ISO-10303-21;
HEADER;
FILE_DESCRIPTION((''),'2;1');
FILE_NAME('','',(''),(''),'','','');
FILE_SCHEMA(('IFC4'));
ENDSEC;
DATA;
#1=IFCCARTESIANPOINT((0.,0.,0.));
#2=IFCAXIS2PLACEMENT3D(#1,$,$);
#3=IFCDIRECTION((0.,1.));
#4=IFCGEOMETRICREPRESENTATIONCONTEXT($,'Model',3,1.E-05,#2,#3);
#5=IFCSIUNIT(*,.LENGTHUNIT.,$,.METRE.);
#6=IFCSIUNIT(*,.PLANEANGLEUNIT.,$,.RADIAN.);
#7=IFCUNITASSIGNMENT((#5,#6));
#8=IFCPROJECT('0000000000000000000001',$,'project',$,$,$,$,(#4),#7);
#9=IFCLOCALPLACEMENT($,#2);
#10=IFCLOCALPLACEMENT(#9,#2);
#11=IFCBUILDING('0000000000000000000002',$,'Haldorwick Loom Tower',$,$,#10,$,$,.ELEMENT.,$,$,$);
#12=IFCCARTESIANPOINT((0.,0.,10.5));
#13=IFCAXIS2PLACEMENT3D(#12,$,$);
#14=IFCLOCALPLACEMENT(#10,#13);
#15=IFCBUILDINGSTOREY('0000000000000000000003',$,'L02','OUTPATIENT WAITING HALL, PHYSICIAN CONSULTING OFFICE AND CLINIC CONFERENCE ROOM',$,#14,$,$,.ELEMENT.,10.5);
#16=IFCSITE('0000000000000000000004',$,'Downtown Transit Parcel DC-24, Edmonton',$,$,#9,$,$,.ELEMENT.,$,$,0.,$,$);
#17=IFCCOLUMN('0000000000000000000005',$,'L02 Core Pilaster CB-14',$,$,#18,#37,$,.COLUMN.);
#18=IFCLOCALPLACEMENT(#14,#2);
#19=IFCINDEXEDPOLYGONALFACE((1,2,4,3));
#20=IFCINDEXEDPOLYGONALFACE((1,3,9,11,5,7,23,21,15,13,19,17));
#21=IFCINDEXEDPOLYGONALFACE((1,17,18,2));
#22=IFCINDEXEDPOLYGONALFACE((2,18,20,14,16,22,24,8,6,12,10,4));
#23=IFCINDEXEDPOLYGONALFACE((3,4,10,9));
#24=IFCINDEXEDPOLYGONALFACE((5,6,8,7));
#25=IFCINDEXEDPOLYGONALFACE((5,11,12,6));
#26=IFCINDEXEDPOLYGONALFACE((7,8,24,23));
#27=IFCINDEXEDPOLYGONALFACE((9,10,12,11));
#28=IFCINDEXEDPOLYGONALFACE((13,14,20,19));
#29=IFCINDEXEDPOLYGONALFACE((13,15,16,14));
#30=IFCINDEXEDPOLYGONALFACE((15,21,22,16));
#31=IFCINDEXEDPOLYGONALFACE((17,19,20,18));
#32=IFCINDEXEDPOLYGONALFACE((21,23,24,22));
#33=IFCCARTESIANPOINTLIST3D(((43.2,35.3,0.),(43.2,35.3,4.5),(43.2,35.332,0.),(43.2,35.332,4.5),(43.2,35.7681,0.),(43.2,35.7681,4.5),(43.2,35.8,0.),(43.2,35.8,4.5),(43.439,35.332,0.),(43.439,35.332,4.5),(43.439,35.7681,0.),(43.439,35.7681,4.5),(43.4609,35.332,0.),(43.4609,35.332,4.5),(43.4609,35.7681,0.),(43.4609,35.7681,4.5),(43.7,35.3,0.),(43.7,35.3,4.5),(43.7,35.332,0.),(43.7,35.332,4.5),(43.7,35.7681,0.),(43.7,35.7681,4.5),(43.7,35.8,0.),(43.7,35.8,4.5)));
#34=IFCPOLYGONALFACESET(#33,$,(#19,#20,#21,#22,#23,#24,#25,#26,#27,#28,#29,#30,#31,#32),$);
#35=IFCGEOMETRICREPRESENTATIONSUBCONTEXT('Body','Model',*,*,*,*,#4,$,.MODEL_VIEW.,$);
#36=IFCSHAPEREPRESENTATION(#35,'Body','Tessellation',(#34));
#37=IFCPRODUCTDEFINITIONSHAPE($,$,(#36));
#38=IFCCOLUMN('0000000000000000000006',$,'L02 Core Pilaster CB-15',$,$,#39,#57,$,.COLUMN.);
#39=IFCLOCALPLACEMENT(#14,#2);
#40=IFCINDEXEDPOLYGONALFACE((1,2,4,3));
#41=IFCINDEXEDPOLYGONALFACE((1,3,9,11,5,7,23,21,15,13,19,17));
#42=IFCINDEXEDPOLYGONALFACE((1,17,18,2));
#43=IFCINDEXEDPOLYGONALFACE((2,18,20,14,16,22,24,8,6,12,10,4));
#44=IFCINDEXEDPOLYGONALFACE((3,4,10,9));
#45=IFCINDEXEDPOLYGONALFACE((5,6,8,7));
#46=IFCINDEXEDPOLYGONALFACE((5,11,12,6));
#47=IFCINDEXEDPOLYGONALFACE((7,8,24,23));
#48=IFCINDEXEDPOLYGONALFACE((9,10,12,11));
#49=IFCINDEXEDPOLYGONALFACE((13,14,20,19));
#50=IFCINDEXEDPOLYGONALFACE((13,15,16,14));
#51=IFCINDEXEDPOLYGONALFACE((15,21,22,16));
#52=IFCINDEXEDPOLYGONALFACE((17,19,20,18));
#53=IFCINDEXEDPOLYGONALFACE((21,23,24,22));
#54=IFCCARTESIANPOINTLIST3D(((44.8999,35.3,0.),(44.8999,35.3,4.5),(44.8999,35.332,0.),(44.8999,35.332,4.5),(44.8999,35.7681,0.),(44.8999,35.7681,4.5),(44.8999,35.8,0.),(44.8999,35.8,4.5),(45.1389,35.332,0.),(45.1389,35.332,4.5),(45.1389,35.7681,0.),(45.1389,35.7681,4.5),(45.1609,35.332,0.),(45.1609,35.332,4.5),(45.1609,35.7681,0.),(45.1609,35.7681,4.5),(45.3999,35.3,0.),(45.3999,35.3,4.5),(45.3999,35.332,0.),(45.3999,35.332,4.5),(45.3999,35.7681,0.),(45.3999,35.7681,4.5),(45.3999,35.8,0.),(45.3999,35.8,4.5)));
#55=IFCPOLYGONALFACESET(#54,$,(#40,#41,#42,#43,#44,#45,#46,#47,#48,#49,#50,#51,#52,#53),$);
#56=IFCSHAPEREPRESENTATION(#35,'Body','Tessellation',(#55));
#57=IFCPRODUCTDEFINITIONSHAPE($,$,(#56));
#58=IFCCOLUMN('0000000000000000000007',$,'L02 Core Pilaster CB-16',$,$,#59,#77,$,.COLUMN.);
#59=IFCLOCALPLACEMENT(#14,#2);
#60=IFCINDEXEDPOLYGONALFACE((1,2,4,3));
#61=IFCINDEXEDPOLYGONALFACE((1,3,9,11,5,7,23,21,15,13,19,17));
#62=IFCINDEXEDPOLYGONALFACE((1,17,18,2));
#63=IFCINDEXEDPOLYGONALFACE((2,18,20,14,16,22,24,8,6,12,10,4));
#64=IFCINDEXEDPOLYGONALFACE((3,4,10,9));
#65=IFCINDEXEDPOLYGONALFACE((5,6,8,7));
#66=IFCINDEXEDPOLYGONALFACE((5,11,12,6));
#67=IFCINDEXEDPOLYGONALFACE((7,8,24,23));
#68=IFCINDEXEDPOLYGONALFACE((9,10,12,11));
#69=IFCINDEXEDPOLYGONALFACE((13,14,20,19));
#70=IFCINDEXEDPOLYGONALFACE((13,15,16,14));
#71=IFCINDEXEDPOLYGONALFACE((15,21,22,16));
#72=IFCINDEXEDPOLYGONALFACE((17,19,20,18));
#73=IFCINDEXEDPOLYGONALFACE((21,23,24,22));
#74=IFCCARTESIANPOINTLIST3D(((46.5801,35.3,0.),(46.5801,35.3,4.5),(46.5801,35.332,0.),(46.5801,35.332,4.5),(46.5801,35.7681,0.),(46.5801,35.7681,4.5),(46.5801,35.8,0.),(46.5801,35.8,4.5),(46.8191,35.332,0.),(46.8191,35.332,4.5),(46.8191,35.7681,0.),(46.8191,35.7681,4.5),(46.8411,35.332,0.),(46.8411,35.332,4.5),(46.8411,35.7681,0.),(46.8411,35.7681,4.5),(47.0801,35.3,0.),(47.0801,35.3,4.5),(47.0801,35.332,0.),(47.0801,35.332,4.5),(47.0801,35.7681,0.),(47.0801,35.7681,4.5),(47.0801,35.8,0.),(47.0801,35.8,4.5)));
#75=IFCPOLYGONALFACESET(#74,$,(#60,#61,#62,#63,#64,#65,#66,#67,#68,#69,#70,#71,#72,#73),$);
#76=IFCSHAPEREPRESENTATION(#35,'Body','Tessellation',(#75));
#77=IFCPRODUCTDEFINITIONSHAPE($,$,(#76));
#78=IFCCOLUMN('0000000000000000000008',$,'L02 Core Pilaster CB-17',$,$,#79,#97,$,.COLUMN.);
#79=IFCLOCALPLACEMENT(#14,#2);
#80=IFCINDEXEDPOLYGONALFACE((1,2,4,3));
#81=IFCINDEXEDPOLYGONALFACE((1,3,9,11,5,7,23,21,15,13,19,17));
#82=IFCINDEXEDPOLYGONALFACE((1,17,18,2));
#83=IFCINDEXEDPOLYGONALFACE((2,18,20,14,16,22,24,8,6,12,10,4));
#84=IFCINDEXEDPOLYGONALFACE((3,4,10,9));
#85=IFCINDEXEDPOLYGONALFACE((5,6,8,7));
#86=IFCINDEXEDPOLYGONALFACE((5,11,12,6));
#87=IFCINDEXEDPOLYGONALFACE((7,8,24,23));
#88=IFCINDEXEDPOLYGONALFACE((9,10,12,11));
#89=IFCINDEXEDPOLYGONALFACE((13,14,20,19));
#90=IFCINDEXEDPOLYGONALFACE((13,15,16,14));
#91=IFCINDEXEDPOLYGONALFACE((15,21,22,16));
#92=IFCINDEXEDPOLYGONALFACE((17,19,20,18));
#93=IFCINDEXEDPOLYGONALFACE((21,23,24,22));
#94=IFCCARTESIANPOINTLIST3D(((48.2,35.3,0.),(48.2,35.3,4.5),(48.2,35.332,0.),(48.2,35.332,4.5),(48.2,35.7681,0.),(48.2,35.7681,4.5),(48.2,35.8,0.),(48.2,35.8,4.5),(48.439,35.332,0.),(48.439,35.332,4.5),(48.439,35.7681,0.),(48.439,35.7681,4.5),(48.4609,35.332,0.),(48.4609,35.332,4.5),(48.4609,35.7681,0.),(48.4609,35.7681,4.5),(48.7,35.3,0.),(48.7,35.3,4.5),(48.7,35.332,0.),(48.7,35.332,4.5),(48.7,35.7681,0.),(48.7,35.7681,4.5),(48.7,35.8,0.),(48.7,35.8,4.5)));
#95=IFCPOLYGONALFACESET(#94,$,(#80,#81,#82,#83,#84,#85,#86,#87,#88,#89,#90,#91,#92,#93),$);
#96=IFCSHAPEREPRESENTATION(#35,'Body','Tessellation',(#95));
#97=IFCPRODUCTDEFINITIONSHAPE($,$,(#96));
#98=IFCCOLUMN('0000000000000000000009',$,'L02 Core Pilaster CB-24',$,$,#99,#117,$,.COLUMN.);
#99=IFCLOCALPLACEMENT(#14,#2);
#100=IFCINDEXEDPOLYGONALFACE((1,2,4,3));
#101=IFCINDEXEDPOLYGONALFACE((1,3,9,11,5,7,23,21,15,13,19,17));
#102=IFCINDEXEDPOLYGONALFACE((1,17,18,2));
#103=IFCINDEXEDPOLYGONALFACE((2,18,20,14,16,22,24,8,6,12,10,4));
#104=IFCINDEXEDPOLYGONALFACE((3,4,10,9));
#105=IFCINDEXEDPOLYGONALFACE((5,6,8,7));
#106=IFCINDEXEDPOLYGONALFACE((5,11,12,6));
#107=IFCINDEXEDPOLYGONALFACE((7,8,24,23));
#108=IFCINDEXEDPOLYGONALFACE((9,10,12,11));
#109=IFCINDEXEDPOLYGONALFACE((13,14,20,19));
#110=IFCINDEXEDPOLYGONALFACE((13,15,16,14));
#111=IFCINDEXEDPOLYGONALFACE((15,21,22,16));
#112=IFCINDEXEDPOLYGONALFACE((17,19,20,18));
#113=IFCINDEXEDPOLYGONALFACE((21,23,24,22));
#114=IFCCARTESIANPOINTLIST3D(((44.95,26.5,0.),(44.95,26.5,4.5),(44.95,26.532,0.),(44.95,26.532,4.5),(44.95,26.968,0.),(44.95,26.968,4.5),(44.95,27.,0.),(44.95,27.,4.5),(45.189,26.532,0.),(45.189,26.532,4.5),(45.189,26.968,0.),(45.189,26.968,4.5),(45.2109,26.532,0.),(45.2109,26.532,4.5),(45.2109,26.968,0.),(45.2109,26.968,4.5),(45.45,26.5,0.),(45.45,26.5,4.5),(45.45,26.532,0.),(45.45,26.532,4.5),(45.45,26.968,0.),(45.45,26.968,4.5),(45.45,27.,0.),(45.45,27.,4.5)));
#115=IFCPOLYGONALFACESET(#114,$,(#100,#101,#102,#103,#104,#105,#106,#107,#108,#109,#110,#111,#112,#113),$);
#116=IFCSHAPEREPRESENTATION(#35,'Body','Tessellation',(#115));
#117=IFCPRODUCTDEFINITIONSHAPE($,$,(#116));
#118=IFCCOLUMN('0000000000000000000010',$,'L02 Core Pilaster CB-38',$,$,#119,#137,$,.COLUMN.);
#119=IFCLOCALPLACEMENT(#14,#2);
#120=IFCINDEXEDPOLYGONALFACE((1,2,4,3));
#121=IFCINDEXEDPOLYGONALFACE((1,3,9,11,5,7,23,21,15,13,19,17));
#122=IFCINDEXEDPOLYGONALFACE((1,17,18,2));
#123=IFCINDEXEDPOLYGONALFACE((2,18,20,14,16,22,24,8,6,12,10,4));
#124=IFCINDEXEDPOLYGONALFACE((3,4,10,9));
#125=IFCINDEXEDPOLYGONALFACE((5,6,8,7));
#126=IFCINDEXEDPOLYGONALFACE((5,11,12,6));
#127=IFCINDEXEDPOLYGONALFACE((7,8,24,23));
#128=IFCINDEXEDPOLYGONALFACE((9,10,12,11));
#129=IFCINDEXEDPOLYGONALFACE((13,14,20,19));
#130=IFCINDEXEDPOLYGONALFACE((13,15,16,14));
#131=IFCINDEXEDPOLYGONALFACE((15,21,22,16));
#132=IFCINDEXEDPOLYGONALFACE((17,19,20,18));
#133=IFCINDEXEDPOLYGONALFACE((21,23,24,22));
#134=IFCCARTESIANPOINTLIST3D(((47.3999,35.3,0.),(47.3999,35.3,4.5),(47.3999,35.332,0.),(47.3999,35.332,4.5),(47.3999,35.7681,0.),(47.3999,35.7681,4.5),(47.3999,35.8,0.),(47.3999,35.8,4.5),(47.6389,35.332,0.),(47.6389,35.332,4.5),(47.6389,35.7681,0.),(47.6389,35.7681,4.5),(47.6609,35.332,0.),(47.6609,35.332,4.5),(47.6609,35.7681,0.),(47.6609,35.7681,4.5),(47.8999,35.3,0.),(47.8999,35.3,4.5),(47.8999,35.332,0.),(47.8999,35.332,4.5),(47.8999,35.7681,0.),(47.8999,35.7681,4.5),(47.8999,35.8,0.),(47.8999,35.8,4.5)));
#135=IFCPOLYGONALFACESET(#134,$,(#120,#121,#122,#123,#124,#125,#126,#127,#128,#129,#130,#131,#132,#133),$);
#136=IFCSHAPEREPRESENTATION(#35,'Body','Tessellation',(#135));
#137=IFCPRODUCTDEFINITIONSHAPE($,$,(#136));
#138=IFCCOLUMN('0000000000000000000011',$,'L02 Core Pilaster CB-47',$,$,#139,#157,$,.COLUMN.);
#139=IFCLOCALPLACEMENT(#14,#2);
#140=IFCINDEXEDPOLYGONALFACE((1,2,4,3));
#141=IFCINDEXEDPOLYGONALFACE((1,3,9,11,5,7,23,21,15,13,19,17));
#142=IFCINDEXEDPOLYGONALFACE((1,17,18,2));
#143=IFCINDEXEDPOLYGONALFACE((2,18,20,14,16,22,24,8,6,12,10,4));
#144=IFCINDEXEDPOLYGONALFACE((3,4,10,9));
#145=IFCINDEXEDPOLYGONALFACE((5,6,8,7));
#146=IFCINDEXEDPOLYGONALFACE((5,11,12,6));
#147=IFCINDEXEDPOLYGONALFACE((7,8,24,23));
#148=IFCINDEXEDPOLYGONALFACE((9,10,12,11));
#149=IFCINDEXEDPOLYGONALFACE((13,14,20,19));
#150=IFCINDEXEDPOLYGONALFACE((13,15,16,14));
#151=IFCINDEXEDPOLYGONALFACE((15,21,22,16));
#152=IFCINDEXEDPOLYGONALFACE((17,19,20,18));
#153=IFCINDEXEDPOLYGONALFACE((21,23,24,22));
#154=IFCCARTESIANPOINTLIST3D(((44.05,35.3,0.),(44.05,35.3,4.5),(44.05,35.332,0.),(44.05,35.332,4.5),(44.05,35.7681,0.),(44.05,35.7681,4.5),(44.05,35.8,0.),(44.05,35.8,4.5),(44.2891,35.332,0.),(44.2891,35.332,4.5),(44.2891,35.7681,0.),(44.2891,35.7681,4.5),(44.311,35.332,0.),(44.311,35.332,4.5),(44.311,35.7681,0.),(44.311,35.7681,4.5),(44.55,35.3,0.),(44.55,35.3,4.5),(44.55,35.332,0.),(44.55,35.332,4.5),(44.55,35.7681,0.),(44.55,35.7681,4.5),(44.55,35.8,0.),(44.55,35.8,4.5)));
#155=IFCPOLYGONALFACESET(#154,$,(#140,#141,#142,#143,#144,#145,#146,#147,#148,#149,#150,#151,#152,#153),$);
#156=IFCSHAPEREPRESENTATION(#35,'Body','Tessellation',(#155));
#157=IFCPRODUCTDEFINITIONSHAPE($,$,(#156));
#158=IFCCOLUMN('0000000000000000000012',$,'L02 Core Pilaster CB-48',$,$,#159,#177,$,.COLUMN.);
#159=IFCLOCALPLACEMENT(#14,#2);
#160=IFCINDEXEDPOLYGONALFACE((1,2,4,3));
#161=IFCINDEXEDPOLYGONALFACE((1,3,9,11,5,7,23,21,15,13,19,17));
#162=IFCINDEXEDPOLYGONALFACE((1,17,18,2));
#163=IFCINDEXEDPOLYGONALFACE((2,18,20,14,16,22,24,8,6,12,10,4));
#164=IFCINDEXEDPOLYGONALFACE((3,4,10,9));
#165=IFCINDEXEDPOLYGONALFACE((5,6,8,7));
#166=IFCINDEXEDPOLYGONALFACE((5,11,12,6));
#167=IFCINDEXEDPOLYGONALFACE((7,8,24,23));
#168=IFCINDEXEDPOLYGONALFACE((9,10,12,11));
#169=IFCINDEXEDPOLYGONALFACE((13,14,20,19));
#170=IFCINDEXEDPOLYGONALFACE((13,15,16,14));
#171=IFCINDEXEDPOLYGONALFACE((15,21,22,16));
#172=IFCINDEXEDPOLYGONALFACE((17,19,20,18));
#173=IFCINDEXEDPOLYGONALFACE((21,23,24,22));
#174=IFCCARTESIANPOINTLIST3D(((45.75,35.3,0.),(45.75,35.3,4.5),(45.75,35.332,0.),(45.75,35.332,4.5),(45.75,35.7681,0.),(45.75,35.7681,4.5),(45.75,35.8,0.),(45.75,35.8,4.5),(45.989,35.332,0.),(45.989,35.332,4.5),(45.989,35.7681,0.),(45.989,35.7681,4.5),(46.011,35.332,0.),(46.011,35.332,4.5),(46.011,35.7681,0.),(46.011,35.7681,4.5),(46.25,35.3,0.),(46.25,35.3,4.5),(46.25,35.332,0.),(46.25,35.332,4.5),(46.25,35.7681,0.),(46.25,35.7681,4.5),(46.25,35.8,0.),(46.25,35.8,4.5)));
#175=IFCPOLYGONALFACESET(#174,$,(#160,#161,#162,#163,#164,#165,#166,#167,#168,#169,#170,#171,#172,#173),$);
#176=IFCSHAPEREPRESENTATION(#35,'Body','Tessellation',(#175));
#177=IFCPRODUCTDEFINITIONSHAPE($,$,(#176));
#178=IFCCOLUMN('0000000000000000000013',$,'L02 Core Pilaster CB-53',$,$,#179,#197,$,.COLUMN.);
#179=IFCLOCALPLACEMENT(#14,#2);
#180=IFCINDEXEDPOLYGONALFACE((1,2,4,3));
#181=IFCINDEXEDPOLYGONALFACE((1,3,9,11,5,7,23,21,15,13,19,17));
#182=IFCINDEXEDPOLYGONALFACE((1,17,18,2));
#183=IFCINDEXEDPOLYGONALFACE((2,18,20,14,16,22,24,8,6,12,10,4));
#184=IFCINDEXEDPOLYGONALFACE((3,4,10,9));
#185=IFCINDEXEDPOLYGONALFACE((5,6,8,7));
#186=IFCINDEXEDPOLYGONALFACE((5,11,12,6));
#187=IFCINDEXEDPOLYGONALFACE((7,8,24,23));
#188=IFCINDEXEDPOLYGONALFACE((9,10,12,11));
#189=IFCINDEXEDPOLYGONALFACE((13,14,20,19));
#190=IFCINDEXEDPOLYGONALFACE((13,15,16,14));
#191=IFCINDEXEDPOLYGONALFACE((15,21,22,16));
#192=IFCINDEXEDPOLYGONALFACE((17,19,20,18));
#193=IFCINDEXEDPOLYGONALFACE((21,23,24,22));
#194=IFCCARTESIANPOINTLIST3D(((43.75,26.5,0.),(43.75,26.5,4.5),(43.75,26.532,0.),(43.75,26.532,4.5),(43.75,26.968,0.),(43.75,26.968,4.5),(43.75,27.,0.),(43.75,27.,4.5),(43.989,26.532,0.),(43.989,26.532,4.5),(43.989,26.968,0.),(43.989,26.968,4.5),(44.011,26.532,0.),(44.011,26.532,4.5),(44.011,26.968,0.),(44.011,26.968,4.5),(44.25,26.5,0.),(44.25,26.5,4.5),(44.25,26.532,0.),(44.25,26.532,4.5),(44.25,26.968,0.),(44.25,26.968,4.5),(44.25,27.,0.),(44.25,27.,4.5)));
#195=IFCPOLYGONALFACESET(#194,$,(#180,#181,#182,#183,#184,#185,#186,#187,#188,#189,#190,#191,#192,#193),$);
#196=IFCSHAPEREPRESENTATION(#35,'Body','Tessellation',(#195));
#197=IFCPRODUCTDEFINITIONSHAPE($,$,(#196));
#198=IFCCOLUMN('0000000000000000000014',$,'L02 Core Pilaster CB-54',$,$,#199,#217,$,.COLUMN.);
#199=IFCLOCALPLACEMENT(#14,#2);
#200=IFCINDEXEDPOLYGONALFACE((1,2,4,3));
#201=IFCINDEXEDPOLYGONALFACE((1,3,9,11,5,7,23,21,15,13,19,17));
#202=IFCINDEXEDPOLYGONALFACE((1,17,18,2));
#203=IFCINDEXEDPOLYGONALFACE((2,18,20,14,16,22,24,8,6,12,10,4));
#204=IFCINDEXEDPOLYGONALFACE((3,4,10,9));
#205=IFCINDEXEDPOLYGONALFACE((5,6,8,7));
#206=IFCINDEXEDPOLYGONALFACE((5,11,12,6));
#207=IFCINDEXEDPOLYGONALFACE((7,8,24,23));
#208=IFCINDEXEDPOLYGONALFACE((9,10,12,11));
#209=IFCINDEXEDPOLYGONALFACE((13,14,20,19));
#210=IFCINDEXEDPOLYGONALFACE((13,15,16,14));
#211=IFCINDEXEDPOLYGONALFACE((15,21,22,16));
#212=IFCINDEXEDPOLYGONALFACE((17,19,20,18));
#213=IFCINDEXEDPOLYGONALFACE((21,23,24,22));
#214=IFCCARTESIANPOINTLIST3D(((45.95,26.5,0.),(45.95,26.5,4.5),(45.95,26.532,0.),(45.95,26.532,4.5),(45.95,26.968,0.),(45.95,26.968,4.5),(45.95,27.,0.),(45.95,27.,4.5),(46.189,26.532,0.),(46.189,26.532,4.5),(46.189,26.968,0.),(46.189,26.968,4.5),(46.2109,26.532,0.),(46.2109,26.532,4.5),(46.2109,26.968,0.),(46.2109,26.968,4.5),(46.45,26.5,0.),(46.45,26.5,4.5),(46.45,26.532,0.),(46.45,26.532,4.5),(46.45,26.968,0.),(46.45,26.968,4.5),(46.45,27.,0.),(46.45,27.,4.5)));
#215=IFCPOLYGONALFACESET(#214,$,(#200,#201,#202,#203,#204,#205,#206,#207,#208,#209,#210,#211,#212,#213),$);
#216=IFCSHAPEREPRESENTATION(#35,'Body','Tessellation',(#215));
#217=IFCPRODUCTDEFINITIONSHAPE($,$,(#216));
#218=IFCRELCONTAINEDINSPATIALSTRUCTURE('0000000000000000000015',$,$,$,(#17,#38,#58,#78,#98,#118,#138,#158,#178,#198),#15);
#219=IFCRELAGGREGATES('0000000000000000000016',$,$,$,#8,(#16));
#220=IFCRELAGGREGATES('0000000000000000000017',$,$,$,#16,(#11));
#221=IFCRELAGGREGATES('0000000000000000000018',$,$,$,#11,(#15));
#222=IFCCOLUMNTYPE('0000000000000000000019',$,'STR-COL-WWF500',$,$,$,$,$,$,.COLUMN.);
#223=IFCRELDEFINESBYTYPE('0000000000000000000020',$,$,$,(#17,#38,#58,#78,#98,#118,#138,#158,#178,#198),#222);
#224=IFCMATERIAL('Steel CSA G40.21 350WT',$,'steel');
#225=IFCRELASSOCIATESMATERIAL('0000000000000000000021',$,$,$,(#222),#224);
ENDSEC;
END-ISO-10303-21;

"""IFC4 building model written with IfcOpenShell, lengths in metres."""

from ifc_helpers import new_model, si_unit, direction, frame, origin, origin_2d, place, context, subcontext, project, spatial, i_section, extrude, material, material_profile, profile_set, type_object, element, save


model = new_model("IFC4")

# Units and contexts
model_context = context("Model", 3, precision=1e-05, world=origin(), true_north=direction((0.0, 1.0)))
body_context = subcontext(model_context, "Body", "Model", "MODEL_VIEW")
ifc_project = project(units=[si_unit("LENGTHUNIT", "METRE"), si_unit("PLANEANGLEUNIT", "RADIAN")], contexts=[model_context])

# Site, building, storey
site_placement = place(None, origin())
site = spatial("IfcSite", under=ifc_project, at=site_placement, Name="Downtown Transit Parcel DC-24, Edmonton", CompositionType="ELEMENT", RefElevation=0.0)
building_placement = place(site_placement, origin())
building = spatial("IfcBuilding", under=site, at=building_placement, Name="Haldorwick Loom Tower", CompositionType="ELEMENT")
storey_placement = place(building_placement, frame((0.0, 0.0, 10.5)))
storey = spatial("IfcBuildingStorey", under=building, at=storey_placement, Name="L02", Description="OUTPATIENT WAITING HALL, PHYSICIAN CONSULTING OFFICE AND CLINIC CONFERENCE ROOM", CompositionType="ELEMENT", Elevation=10.5)

# Columns
ifc_material_1 = material(Name="Steel CSA G40.21 350WT", Category="steel")
ifc_material_profile_1 = material_profile(ifc_material_1, i_section(OverallWidth=0.5, OverallDepth=0.5, WebThickness=0.022, FlangeThickness=0.032, at=origin_2d()), Name="WWF500X500", Category="steel")
ifc_profile_set_1 = profile_set([ifc_material_profile_1], Name="Steel CSA G40.21 350WT")
column_type = type_object("IfcColumnType", Name="STR-COL-WWF500", PredefinedType="COLUMN", material=ifc_profile_set_1)
for number, where, z_axis, x_axis, name in (
    (1, (43.45, 35.55, 0.0), (0.0, 0.0, 1.0), (1.0, 0.0, 0.0), "L02 Core Pilaster CB-14"),
    (2, (45.1499, 35.55, 0.0), (0.0, 0.0, 1.0), (1.0, 0.0, 0.0), "L02 Core Pilaster CB-15"),
    (3, (46.8301, 35.55, 0.0), (0.0, 0.0, 1.0), (1.0, 0.0, 0.0), "L02 Core Pilaster CB-16"),
    (4, (48.45, 35.55, 0.0), (0.0, 0.0, 1.0), (1.0, 0.0, 0.0), "L02 Core Pilaster CB-17"),
    (5, (45.2, 26.75, 0.0), (0.0, 0.0, 1.0), (1.0, 0.0, 0.0), "L02 Core Pilaster CB-24"),
    (6, (47.6499, 35.55, 0.0), (0.0, 0.0, 1.0), (1.0, 0.0, 0.0), "L02 Core Pilaster CB-38"),
    (7, (44.3, 35.55, 0.0), (0.0, 0.0, 1.0), (1.0, 0.0, 0.0), "L02 Core Pilaster CB-47"),
    (8, (46.0, 35.55, 0.0), (0.0, 0.0, 1.0), (1.0, 0.0, 0.0), "L02 Core Pilaster CB-48"),
    (9, (44.0, 26.75, 0.0), (0.0, 0.0, 1.0), (1.0, 0.0, 0.0), "L02 Core Pilaster CB-53"),
    (10, (46.2, 26.75, 0.0), (0.0, 0.0, 1.0), (1.0, 0.0, 0.0), "L02 Core Pilaster CB-54"),
):
    element("IfcColumn", number, at=place(storey_placement, frame(where, z_axis=z_axis, x_axis=x_axis)), inside=storey, type_object=column_type, Name=name, PredefinedType="COLUMN", context=body_context, shape_type="SweptSolid", body=[
        extrude(i_section(OverallWidth=0.5, OverallDepth=0.5, WebThickness=0.022, FlangeThickness=0.032, at=origin_2d()), origin(), (0.0, 0.0, 1.0), 4.5),
    ])

save(model, "model.ifc")
